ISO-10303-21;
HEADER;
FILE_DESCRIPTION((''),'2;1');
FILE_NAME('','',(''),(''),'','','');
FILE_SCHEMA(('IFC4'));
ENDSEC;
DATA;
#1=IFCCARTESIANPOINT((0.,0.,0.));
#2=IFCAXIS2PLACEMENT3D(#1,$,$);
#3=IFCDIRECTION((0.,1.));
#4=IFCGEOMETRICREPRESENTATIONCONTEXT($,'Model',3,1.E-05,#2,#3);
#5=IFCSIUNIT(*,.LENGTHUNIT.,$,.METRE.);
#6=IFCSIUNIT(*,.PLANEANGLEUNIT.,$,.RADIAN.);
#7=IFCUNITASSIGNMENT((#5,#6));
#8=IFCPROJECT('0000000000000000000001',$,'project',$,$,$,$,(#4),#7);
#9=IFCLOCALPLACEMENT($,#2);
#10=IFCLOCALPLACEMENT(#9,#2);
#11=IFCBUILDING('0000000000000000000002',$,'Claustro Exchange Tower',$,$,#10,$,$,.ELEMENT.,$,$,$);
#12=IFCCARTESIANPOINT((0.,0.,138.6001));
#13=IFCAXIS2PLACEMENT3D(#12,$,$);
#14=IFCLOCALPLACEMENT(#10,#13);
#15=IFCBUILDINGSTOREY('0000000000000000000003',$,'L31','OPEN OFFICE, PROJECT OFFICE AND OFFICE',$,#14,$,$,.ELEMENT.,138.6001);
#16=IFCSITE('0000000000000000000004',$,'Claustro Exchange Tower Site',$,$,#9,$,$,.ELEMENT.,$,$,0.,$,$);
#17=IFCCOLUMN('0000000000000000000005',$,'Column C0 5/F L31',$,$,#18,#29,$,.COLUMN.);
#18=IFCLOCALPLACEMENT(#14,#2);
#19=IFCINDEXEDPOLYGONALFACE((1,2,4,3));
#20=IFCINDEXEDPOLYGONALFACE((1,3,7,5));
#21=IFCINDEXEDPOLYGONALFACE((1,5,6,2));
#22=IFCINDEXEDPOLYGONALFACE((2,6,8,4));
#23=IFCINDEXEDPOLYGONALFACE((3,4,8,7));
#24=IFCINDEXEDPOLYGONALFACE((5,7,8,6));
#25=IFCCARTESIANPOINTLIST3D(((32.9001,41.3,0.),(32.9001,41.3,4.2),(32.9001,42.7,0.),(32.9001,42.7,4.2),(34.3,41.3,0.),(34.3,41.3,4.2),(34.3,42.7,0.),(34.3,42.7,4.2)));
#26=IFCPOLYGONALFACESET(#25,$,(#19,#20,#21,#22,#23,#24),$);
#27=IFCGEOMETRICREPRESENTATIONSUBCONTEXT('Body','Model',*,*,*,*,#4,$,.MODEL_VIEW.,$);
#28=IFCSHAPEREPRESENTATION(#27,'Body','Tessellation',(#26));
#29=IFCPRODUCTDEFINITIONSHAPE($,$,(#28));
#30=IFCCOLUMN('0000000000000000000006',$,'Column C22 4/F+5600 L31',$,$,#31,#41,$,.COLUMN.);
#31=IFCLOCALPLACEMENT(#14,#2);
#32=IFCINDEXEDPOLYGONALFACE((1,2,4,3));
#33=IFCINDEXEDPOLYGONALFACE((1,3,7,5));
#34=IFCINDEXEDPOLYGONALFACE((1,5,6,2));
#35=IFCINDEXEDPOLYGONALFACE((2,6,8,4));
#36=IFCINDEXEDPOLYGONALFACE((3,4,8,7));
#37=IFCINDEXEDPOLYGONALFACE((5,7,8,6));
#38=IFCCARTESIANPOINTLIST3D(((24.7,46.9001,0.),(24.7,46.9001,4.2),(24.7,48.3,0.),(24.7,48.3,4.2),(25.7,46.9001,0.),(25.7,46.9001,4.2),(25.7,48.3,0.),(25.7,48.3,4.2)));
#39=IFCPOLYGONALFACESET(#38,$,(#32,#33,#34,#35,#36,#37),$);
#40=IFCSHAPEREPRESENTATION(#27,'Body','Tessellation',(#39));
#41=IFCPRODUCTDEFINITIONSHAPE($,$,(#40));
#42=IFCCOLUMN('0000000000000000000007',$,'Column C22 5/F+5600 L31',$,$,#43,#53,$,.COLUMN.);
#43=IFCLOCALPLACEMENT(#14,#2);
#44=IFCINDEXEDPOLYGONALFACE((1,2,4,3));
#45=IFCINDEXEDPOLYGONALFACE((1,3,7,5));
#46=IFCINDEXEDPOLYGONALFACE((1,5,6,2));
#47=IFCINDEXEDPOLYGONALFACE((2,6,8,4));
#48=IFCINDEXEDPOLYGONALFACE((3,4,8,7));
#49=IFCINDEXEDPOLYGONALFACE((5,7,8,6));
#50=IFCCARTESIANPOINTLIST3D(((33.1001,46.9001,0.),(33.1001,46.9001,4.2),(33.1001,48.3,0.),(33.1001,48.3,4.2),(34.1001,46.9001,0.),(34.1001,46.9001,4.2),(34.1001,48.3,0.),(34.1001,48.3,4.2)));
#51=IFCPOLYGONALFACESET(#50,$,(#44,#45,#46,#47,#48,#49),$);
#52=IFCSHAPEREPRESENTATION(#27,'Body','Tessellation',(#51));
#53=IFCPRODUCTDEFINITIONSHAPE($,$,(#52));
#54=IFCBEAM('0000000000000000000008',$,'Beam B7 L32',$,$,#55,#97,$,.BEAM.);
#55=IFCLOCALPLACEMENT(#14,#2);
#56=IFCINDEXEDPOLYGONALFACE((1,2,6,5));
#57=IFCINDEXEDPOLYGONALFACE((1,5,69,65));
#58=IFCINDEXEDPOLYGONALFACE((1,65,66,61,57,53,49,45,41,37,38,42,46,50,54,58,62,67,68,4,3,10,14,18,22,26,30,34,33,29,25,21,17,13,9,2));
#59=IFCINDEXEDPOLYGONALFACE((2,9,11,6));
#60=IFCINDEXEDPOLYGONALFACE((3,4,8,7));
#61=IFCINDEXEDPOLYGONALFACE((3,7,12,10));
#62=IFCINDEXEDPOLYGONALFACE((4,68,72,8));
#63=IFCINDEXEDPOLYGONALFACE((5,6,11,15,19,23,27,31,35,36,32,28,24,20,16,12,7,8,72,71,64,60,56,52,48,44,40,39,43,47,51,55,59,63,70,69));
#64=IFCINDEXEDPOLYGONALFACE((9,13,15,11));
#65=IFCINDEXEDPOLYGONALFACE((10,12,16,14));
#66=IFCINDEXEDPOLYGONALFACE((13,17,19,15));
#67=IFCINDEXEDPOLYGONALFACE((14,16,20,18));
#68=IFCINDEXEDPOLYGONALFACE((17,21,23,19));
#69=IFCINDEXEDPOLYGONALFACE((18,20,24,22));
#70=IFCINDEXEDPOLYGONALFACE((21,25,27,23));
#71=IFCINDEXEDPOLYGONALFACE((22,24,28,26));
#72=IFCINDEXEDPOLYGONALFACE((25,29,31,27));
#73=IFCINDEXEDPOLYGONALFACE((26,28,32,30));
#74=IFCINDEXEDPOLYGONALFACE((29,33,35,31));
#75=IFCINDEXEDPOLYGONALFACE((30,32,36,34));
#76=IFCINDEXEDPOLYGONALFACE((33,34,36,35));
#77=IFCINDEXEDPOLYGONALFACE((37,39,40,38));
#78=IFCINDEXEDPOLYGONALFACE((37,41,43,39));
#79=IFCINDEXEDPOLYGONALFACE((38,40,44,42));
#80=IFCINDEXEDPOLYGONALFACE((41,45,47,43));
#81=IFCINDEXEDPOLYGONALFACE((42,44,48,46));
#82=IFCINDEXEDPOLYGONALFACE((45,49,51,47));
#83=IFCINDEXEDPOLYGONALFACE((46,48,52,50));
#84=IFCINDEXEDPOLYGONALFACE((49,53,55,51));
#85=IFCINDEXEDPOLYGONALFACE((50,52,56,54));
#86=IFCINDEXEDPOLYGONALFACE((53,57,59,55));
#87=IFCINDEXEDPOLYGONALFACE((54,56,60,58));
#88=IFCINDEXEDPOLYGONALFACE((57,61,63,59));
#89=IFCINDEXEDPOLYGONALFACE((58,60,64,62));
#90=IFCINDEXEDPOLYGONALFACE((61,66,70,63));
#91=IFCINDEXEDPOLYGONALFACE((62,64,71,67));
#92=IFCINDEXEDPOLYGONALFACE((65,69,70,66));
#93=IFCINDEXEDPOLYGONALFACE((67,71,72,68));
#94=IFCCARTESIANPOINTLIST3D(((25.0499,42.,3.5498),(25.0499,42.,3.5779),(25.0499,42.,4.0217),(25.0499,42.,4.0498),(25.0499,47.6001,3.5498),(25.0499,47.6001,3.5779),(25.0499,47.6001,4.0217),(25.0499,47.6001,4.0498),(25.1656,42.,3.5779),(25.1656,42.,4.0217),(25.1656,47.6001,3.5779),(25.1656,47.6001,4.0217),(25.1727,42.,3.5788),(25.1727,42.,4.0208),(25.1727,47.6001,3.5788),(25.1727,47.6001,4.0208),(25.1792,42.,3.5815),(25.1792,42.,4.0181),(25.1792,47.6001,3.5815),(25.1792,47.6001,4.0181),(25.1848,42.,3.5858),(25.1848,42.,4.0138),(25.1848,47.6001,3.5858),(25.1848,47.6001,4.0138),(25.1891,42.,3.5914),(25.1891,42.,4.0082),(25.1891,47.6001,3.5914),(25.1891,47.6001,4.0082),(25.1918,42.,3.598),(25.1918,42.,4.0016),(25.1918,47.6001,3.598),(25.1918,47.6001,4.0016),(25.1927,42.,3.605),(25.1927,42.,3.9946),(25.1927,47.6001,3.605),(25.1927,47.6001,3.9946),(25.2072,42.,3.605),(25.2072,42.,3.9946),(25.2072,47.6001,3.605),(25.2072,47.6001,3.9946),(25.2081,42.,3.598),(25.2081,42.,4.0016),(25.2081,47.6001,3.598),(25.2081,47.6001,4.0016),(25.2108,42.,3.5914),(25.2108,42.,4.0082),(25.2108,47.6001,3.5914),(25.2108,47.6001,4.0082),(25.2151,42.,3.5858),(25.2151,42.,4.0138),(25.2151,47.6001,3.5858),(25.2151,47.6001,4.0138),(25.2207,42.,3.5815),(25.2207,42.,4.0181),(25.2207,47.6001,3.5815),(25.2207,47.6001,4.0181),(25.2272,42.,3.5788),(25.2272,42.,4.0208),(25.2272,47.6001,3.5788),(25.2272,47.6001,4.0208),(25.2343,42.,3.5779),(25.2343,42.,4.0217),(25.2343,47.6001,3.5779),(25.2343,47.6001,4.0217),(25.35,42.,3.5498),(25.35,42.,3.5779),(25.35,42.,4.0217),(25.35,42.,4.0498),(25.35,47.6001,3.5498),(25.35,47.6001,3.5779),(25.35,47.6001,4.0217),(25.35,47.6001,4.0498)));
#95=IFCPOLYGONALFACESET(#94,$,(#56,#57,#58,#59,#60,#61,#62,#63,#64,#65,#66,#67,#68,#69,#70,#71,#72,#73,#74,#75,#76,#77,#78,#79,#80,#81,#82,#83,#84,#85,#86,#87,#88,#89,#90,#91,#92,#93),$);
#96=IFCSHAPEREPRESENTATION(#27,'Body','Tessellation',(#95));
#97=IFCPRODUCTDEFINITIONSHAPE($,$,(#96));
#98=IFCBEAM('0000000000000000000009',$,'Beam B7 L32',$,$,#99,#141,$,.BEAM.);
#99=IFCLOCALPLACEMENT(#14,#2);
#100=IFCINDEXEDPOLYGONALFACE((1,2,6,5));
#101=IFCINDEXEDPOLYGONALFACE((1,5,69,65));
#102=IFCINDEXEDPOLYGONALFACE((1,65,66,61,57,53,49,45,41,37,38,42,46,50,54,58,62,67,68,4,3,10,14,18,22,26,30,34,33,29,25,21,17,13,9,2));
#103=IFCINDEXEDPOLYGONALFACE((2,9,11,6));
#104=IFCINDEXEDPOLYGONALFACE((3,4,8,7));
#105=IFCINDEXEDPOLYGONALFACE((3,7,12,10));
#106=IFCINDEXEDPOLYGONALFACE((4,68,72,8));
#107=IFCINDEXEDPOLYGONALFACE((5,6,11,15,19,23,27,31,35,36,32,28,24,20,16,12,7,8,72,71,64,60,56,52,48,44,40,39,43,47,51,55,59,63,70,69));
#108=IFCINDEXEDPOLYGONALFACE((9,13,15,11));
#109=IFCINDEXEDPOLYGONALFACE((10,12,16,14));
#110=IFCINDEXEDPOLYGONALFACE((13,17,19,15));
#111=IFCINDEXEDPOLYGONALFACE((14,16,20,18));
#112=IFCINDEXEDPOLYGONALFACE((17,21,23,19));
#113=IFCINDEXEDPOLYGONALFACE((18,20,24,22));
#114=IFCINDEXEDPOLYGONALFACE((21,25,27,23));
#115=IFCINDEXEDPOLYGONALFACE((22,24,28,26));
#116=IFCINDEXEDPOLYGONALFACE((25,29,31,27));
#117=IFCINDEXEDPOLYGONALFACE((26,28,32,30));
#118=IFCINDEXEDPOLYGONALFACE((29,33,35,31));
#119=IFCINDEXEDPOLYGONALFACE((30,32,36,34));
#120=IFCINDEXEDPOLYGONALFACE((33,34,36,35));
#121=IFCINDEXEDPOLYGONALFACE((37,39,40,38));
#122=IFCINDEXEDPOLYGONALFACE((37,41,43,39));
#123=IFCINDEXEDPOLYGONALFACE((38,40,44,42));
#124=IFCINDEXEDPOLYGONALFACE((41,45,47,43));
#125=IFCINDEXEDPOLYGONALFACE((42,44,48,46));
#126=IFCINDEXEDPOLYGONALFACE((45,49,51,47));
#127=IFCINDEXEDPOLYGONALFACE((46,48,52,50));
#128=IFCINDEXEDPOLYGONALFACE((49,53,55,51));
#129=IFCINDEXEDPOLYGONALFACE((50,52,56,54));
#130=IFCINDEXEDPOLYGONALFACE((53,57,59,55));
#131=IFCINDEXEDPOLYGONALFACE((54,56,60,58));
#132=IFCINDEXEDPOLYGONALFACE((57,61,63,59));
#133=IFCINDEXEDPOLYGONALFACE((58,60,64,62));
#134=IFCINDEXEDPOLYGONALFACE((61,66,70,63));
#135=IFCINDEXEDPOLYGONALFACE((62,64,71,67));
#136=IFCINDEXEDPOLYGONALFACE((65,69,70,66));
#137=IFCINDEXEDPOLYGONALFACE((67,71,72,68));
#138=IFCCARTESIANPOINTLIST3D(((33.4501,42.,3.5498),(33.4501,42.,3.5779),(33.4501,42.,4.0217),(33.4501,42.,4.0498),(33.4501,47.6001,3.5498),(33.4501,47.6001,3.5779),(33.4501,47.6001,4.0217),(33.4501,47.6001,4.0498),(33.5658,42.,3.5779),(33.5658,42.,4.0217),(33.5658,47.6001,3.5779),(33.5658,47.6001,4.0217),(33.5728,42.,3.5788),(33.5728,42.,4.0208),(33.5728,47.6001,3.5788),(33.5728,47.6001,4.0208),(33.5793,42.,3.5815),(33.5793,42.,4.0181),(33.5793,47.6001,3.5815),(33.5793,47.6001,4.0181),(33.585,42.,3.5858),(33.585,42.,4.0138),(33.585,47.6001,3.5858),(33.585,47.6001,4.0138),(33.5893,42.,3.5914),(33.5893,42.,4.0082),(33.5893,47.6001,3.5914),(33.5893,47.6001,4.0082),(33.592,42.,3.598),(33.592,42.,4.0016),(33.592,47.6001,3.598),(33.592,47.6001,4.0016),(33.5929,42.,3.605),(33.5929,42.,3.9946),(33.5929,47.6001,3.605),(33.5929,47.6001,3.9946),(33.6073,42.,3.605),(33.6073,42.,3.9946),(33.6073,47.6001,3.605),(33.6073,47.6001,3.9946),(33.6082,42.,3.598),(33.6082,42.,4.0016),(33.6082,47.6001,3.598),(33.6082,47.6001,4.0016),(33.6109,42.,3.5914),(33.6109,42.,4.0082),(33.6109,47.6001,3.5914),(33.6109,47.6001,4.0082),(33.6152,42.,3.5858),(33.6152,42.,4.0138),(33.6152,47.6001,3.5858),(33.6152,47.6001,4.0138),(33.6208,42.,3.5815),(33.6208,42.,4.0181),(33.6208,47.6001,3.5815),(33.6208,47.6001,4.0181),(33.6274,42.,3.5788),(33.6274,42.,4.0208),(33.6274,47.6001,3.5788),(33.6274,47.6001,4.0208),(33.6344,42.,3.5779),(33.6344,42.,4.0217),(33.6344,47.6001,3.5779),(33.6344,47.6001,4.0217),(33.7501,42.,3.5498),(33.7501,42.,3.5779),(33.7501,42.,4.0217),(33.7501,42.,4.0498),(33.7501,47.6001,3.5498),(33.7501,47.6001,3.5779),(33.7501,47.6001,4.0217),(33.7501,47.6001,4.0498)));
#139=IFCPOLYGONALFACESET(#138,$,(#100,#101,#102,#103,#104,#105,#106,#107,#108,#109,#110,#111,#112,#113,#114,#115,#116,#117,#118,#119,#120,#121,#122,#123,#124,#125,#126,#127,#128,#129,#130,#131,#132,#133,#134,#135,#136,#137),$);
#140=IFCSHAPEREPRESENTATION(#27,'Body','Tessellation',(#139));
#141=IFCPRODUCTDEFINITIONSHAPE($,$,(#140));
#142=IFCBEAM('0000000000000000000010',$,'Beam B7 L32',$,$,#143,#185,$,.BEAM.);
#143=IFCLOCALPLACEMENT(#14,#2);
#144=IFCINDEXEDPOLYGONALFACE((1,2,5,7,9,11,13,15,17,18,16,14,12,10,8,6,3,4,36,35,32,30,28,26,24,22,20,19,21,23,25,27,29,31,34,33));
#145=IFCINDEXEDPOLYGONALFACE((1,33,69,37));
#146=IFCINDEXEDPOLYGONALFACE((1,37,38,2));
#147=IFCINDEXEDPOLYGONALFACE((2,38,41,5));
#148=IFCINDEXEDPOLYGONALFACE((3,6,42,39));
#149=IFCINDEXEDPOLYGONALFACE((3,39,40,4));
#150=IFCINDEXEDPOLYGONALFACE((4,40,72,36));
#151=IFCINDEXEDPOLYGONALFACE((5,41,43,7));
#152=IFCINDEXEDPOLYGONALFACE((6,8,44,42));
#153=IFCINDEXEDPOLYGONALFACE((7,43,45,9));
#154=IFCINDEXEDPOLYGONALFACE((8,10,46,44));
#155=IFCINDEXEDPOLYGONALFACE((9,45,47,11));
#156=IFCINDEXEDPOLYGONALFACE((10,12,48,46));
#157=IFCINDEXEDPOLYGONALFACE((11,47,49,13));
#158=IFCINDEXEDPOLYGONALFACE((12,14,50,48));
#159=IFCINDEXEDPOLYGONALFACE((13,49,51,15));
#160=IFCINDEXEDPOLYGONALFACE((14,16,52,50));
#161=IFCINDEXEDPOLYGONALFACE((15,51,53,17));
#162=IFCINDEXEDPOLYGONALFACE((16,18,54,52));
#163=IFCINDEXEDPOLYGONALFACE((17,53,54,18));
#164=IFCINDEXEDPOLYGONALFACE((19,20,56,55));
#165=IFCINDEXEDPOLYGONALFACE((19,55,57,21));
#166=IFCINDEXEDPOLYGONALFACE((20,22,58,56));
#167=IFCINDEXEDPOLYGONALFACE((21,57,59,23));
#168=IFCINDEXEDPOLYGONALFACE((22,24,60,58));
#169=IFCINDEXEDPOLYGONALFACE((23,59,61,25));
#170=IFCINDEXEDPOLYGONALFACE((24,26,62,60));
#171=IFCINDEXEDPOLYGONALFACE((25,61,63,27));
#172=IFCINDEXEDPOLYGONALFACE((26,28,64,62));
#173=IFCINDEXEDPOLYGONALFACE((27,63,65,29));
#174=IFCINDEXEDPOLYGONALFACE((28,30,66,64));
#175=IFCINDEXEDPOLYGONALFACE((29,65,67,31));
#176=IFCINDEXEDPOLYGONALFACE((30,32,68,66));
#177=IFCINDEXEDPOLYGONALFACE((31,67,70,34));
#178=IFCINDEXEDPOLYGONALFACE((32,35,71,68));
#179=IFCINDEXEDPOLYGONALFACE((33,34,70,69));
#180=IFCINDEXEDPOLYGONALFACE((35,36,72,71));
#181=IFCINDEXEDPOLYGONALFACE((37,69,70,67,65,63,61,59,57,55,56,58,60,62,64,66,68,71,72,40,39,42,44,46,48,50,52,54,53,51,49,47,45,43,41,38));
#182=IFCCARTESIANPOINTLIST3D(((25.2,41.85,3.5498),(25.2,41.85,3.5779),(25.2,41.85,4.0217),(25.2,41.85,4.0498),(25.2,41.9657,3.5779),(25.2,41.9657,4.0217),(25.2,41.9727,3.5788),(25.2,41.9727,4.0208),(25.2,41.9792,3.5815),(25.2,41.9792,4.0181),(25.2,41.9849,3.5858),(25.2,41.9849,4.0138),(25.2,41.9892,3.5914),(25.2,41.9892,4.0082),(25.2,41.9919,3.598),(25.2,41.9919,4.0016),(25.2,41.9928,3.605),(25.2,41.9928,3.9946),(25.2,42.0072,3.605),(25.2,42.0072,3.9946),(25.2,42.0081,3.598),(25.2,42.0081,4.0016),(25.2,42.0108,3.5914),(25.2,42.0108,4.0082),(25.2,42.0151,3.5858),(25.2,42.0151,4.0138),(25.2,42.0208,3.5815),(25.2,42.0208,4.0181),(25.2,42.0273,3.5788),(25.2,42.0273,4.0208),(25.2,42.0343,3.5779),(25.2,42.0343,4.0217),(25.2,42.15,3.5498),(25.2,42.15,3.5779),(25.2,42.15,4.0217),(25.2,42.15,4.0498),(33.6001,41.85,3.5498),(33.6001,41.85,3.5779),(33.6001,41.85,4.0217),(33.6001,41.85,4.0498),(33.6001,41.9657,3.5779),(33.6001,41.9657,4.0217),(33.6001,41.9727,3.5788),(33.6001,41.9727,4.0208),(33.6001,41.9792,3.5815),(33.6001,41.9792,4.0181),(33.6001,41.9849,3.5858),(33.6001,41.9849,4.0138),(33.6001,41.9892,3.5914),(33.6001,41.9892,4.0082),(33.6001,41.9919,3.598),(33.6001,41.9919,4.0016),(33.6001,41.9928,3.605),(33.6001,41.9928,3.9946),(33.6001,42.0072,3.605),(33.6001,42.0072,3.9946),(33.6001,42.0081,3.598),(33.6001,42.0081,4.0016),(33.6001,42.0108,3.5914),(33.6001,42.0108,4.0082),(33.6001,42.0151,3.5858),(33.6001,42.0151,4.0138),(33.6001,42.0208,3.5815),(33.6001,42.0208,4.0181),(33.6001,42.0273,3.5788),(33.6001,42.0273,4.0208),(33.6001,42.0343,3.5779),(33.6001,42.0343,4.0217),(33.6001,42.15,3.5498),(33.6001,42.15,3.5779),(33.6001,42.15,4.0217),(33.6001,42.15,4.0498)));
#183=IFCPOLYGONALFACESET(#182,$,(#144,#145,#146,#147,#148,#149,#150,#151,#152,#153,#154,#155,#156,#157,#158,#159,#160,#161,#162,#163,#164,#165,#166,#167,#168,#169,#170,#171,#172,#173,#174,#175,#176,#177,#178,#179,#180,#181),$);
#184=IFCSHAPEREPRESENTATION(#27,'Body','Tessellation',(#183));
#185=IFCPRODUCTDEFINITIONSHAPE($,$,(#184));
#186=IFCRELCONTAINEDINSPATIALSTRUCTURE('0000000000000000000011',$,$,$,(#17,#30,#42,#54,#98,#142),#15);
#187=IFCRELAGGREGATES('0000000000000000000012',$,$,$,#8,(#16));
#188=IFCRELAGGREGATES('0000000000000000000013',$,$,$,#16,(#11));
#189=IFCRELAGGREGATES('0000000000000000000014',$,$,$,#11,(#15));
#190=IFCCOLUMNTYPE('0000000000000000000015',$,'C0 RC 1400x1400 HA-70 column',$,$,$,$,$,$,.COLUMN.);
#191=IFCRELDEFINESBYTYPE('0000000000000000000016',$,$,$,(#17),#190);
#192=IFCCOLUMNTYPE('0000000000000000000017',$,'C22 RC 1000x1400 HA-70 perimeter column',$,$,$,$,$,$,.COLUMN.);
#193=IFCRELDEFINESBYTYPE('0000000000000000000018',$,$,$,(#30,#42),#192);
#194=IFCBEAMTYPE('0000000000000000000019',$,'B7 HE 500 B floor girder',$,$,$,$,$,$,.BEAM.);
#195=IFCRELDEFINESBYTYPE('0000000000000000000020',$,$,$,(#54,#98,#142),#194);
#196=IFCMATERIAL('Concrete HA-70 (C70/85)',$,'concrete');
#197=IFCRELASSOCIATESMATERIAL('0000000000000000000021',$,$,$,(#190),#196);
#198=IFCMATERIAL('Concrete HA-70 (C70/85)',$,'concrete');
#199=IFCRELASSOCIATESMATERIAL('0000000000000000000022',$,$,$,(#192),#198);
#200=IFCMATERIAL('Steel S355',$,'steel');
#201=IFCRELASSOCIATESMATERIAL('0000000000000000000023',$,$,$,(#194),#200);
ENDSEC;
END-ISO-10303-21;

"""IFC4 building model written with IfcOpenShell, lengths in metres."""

from ifc_helpers import new_model, si_unit, direction, frame, origin, origin_2d, place, context, subcontext, project, spatial, rectangle, i_section, extrude, material, material_profile, profile_set, type_object, element, save


model = new_model("IFC4")

# Units and contexts
model_context = context("Model", 3, precision=1e-05, world=origin(), true_north=direction((0.0, 1.0)))
body_context = subcontext(model_context, "Body", "Model", "MODEL_VIEW")
ifc_project = project(units=[si_unit("LENGTHUNIT", "METRE"), si_unit("PLANEANGLEUNIT", "RADIAN")], contexts=[model_context])

# Site, building, storey
site_placement = place(None, origin())
site = spatial("IfcSite", under=ifc_project, at=site_placement, Name="Claustro Exchange Tower Site", CompositionType="ELEMENT", RefElevation=0.0)
building_placement = place(site_placement, origin())
building = spatial("IfcBuilding", under=site, at=building_placement, Name="Claustro Exchange Tower", CompositionType="ELEMENT")
storey_placement = place(building_placement, frame((0.0, 0.0, 138.6001)))
storey = spatial("IfcBuildingStorey", under=building, at=storey_placement, Name="L31", Description="OPEN OFFICE, PROJECT OFFICE AND OFFICE", CompositionType="ELEMENT", Elevation=138.6001)

# Columns
ifc_material_1 = material(Name="Concrete HA-70 (C70/85)", Category="concrete")
ifc_material_profile_1 = material_profile(ifc_material_1, rectangle(XDim=1.3999, YDim=1.3999, at=origin_2d()), Name="RC 1400x1400")
ifc_profile_set_1 = profile_set([ifc_material_profile_1], Name="Concrete HA-70 (C70/85)")
column_type_1 = type_object("IfcColumnType", Name="C0 RC 1400x1400 HA-70 column", PredefinedType="COLUMN", material=ifc_profile_set_1)
column_placement = place(storey_placement, frame((33.6001, 42.0, 0.0), z_axis=(0.0, 0.0, 1.0), x_axis=(1.0, 0.0, 0.0)))
element("IfcColumn", 1, at=column_placement, inside=storey, type_object=column_type_1, Name="Column C0 5/F L31", PredefinedType="COLUMN", context=body_context, shape_type="SweptSolid", body=[
    extrude(rectangle(XDim=1.3999, YDim=1.3999, at=origin_2d()), origin(), (0.0, 0.0, 1.0), 4.2),
])
ifc_material_2 = material(Name="Concrete HA-70 (C70/85)", Category="concrete")
ifc_material_profile_2 = material_profile(ifc_material_2, rectangle(XDim=1.0, YDim=1.3999, at=origin_2d()), Name="RC 1000x1400")
ifc_profile_set_2 = profile_set([ifc_material_profile_2], Name="Concrete HA-70 (C70/85)")
column_type_2 = type_object("IfcColumnType", Name="C22 RC 1000x1400 HA-70 perimeter column", PredefinedType="COLUMN", material=ifc_profile_set_2)
for number, where, z_axis, x_axis, name in (
    (2, (25.2, 47.6001, 0.0), (0.0, 0.0, 1.0), (1.0, 0.0, 0.0), "Column C22 4/F+5600 L31"),
    (3, (33.6001, 47.6001, 0.0), (0.0, 0.0, 1.0), (1.0, 0.0, 0.0), "Column C22 5/F+5600 L31"),
):
    element("IfcColumn", number, at=place(storey_placement, frame(where, z_axis=z_axis, x_axis=x_axis)), inside=storey, type_object=column_type_2, Name=name, PredefinedType="COLUMN", context=body_context, shape_type="SweptSolid", body=[
        extrude(rectangle(XDim=1.0, YDim=1.3999, at=origin_2d()), origin(), (0.0, 0.0, 1.0), 4.2),
    ])

# Beams
ifc_material_3 = material(Name="Steel S355", Category="steel")
ifc_material_profile_3 = material_profile(ifc_material_3, i_section(OverallWidth=0.3, OverallDepth=0.5, WebThickness=0.0144, FlangeThickness=0.0281, FilletRadius=0.0271, at=origin_2d()), Name="HE 500 B")
ifc_profile_set_3 = profile_set([ifc_material_profile_3], Name="Steel S355")
beam_type_1 = type_object("IfcBeamType", Name="B7 HE 500 B floor girder", PredefinedType="BEAM", material=ifc_profile_set_3)
for number, where, z_axis, x_axis, name in (
    (4, (25.2, 42.0, 3.7998), (0.0, 1.0, 0.0), (-1.0, 0.0, 0.0), "Beam B7 L32"),
    (5, (33.6001, 42.0, 3.7998), (0.0, 1.0, 0.0), (-1.0, 0.0, 0.0), "Beam B7 L32"),
):
    element("IfcBeam", number, at=place(storey_placement, frame(where, z_axis=z_axis, x_axis=x_axis)), inside=storey, type_object=beam_type_1, Name=name, PredefinedType="BEAM", context=body_context, shape_type="SweptSolid", body=[
        extrude(i_section(OverallWidth=0.3, OverallDepth=0.5, WebThickness=0.0144, FlangeThickness=0.0281, FilletRadius=0.0271, at=origin_2d()), origin(), (0.0, 0.0, 1.0), 5.6001),
    ])
beam_1_placement = place(storey_placement, frame((25.2, 42.0, 3.7998), z_axis=(1.0, 0.0, 0.0), x_axis=(0.0, 1.0, 0.0)))
element("IfcBeam", 6, at=beam_1_placement, inside=storey, type_object=beam_type_1, Name="Beam B7 L32", PredefinedType="BEAM", context=body_context, shape_type="SweptSolid", body=[
    extrude(i_section(OverallWidth=0.3, OverallDepth=0.5, WebThickness=0.0144, FlangeThickness=0.0281, FilletRadius=0.0271, at=origin_2d()), origin(), (0.0, 0.0, 1.0), 8.4001),
])

save(model, "model.ifc")
